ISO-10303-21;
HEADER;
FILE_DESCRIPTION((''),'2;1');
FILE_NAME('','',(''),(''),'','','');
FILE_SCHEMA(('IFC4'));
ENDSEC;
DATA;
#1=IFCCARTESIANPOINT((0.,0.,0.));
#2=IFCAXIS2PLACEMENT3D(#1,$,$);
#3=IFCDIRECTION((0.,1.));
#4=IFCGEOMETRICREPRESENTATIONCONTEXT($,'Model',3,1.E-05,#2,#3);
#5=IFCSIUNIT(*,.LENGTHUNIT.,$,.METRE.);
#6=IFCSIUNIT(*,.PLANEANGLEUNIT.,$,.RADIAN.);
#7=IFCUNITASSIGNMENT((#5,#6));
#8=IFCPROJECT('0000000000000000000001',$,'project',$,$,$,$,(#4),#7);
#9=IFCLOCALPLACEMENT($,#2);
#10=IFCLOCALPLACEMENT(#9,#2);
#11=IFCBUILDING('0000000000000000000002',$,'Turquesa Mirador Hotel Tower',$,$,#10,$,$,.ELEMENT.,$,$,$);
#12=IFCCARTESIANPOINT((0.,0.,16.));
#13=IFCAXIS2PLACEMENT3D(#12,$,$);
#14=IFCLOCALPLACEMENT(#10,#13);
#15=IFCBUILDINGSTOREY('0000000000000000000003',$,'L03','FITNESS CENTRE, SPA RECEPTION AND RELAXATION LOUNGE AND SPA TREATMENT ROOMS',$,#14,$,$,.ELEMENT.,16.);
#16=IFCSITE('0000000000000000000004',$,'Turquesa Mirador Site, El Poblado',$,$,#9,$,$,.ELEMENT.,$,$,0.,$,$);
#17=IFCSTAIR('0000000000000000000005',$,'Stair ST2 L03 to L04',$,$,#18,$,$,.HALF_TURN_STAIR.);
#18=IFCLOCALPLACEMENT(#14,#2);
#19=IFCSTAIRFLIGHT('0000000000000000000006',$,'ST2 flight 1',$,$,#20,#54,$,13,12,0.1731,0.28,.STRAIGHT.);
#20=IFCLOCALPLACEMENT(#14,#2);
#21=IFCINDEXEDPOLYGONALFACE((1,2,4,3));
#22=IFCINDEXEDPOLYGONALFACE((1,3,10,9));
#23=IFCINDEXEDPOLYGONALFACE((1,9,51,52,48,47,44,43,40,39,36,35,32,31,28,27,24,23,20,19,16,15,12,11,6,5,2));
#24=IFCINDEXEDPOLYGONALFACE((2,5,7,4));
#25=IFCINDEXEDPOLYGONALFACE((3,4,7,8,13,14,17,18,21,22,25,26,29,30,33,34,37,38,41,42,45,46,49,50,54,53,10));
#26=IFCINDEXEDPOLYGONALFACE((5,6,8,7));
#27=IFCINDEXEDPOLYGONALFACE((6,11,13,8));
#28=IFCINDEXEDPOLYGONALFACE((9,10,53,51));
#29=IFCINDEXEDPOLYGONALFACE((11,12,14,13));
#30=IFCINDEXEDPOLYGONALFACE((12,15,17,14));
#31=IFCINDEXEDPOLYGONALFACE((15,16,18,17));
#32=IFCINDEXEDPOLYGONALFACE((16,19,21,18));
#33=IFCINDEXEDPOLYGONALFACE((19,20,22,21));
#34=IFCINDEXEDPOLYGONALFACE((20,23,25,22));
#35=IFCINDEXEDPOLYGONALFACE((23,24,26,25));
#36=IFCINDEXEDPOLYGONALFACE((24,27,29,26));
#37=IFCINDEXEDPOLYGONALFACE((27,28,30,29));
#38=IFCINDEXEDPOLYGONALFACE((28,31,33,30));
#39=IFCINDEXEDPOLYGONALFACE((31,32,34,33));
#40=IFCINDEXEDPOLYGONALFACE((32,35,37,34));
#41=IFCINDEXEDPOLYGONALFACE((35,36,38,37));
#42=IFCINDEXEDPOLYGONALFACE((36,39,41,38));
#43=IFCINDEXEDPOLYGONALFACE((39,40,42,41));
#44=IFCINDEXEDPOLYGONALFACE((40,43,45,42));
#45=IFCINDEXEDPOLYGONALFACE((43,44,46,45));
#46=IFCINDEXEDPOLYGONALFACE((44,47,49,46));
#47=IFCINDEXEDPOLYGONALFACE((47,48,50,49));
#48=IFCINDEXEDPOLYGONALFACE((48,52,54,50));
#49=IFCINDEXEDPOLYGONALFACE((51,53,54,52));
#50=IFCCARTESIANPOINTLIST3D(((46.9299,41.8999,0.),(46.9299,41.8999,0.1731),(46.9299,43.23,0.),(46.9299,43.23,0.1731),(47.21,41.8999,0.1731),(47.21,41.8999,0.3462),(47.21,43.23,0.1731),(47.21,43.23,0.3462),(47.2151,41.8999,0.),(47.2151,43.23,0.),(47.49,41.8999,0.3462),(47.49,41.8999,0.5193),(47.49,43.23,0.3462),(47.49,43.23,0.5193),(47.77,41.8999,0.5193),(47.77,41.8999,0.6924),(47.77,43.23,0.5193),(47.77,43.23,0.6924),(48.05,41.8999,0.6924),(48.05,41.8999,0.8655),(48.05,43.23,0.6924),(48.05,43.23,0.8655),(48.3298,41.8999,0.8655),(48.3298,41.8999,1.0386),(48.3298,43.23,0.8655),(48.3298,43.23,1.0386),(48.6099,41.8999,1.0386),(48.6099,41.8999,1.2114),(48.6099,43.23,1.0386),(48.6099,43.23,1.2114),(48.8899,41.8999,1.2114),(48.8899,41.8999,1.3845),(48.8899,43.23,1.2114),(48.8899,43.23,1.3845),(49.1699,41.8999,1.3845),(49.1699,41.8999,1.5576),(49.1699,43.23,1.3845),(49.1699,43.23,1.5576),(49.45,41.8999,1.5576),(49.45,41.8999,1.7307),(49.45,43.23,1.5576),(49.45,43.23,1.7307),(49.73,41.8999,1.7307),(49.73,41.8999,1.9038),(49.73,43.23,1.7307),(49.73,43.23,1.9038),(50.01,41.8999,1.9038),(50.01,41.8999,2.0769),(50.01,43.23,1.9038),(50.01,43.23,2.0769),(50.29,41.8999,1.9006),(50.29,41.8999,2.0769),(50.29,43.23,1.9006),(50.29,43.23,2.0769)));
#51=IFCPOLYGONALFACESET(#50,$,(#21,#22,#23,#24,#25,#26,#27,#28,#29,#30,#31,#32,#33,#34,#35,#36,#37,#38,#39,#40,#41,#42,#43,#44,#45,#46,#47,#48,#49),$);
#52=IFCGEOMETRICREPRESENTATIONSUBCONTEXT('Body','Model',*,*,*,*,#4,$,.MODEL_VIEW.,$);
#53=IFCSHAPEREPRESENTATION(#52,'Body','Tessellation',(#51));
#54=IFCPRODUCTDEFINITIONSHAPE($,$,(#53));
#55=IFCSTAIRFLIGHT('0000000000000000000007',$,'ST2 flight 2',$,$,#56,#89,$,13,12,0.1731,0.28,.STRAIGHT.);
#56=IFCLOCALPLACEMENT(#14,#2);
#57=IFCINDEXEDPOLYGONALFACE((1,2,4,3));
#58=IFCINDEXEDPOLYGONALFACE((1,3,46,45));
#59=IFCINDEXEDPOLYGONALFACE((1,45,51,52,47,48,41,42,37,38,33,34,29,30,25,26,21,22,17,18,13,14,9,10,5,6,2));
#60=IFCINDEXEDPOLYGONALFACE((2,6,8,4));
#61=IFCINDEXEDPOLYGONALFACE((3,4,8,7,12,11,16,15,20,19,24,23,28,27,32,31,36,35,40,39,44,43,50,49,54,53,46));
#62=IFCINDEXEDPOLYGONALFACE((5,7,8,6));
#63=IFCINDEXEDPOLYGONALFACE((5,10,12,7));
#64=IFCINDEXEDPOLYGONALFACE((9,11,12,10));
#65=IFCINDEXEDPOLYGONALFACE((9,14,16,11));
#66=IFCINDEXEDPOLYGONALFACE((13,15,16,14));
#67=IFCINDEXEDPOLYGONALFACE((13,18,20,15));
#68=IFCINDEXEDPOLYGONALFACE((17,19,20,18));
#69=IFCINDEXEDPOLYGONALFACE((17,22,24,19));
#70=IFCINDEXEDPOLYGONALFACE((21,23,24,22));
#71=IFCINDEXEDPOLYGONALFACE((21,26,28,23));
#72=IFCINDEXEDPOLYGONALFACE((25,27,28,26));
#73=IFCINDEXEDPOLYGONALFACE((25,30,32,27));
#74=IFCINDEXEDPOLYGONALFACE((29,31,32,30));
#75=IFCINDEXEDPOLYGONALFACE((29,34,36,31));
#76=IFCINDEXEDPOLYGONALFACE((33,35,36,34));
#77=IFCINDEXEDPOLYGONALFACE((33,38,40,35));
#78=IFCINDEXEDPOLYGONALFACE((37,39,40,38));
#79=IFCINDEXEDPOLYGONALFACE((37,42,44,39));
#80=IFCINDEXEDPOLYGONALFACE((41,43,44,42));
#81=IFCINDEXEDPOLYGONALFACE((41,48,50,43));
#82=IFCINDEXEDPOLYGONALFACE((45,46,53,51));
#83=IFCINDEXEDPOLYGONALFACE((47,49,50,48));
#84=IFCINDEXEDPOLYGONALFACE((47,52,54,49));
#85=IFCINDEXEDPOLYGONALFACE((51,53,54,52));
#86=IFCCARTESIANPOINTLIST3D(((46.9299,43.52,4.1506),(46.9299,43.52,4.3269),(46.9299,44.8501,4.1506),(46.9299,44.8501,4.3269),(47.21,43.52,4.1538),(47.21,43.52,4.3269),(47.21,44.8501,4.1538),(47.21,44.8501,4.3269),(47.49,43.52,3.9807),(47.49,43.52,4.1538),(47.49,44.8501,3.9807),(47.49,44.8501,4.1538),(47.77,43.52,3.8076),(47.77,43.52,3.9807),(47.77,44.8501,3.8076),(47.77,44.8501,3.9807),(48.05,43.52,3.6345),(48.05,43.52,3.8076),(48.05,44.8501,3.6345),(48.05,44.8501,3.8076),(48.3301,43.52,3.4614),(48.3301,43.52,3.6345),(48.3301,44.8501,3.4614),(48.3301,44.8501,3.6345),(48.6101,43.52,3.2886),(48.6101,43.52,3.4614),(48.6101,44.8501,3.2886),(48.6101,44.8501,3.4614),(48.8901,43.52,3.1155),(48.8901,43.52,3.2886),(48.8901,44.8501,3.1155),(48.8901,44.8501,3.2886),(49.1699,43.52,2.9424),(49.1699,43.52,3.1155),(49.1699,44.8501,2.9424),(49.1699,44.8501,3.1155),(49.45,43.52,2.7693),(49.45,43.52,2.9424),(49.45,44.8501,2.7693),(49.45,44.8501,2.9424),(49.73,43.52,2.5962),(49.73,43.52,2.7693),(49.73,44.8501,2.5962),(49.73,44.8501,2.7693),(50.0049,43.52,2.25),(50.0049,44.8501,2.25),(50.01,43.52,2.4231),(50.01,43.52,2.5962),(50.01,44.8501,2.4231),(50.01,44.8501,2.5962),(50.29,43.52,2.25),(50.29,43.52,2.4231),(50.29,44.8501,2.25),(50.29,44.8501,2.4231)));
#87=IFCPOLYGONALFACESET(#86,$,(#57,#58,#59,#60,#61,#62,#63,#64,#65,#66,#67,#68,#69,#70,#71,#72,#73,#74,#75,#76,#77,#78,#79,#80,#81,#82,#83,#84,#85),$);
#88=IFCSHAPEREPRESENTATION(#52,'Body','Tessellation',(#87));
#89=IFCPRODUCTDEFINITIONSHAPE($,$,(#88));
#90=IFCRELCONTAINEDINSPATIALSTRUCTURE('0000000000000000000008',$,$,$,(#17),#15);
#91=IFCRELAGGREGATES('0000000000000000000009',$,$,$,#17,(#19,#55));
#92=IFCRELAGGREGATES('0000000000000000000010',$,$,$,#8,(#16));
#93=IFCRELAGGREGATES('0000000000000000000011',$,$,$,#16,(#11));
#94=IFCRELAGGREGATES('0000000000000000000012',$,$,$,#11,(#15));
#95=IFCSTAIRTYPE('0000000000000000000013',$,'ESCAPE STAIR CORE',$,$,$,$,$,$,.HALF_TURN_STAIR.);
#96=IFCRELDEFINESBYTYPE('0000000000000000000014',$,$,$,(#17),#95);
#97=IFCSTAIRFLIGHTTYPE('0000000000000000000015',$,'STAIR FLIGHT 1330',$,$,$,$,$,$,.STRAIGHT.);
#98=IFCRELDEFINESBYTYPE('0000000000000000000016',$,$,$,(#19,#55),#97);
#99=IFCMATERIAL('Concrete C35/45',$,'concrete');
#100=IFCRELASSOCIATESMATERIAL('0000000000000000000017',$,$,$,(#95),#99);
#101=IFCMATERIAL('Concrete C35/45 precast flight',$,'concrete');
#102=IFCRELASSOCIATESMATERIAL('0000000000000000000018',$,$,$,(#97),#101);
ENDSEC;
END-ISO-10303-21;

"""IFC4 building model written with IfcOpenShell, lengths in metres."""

from ifc_helpers import new_model, si_unit, direction, frame, origin, place, context, subcontext, project, spatial, polyline, outline, extrude, material, type_object, element, aggregate, save


model = new_model("IFC4")

# Units and contexts
model_context = context("Model", 3, precision=1e-05, world=origin(), true_north=direction((0.0, 1.0)))
body_context = subcontext(model_context, "Body", "Model", "MODEL_VIEW")
ifc_project = project(units=[si_unit("LENGTHUNIT", "METRE"), si_unit("PLANEANGLEUNIT", "RADIAN")], contexts=[model_context])

# Site, building, storey
site_placement = place(None, origin())
site = spatial("IfcSite", under=ifc_project, at=site_placement, Name="Turquesa Mirador Site, El Poblado", CompositionType="ELEMENT", RefElevation=0.0)
building_placement = place(site_placement, origin())
building = spatial("IfcBuilding", under=site, at=building_placement, Name="Turquesa Mirador Hotel Tower", CompositionType="ELEMENT")
storey_placement = place(building_placement, frame((0.0, 0.0, 16.0)))
storey = spatial("IfcBuildingStorey", under=building, at=storey_placement, Name="L03", Description="FITNESS CENTRE, SPA RECEPTION AND RELAXATION LOUNGE AND SPA TREATMENT ROOMS", CompositionType="ELEMENT", Elevation=16.0)

# Stair, stair flights
ifc_material_1 = material(Name="Concrete C35/45", Category="concrete")
stair_type = type_object("IfcStairType", Name="ESCAPE STAIR CORE", PredefinedType="HALF_TURN_STAIR", material=ifc_material_1)
stair_placement = place(storey_placement, origin())
stair = element("IfcStair", 1, at=stair_placement, inside=storey, type_object=stair_type, Name="Stair ST2 L03 to L04", PredefinedType="HALF_TURN_STAIR")
ifc_material_2 = material(Name="Concrete C35/45 precast flight", Category="concrete")
stair_flight_type = type_object("IfcStairFlightType", Name="STAIR FLIGHT 1330", PredefinedType="STRAIGHT", material=ifc_material_2)
stair_flight_1_placement = place(storey_placement, frame((46.9299, 42.5649, 0.0), z_axis=(0.0, 0.0, 1.0), x_axis=(1.0, 0.0, 0.0)))
stair_flight_1 = element("IfcStairFlight", 2, at=stair_flight_1_placement, type_object=stair_flight_type, Name="ST2 flight 1", NumberOfRisers=13, NumberOfTreads=12, PredefinedType="STRAIGHT", RiserHeight=0.1731, TreadLength=0.28, context=body_context, shape_type="SweptSolid", body=[
    extrude(outline(polyline([(0.0, 0.0), (0.0, 0.1731), (0.28, 0.1731), (0.28, 0.3462), (0.5601, 0.3462), (0.5601, 0.5193), (0.8401, 0.5193), (0.8401, 0.6924), (1.1201, 0.6924), (1.1201, 0.8655), (1.3999, 0.8655), (1.3999, 1.0386), (1.6799, 1.0386), (1.6799, 1.2114), (1.96, 1.2114), (1.96, 1.3845), (2.24, 1.3845), (2.24, 1.5576), (2.52, 1.5576), (2.52, 1.7307), (2.8, 1.7307), (2.8, 1.9038), (3.0801, 1.9038), (3.0801, 2.0769), (3.3601, 2.0769), (3.3601, 2.25), (3.3601, 1.9006), (0.2852, 0.0), (0.0, 0.0)])), frame((0.0, 0.665, 0.0), z_axis=(0.0, -1.0, 0.0), x_axis=(1.0, 0.0, 0.0)), (0.0, 0.0, 1.0), 1.3301),
])
stair_flight_2_placement = place(storey_placement, frame((50.29, 44.1851, 2.25), z_axis=(0.0, 0.0, 1.0), x_axis=(-1.0, 0.0, 0.0)))
stair_flight_2 = element("IfcStairFlight", 3, at=stair_flight_2_placement, type_object=stair_flight_type, Name="ST2 flight 2", NumberOfRisers=13, NumberOfTreads=12, PredefinedType="STRAIGHT", RiserHeight=0.1731, TreadLength=0.28, context=body_context, shape_type="SweptSolid", body=[
    extrude(outline(polyline([(0.0, 0.0), (0.0, 0.1731), (0.28, 0.1731), (0.28, 0.3462), (0.5601, 0.3462), (0.5601, 0.5193), (0.8401, 0.5193), (0.8401, 0.6924), (1.1201, 0.6924), (1.1201, 0.8655), (1.3999, 0.8655), (1.3999, 1.0386), (1.6799, 1.0386), (1.6799, 1.2114), (1.96, 1.2114), (1.96, 1.3845), (2.24, 1.3845), (2.24, 1.5576), (2.52, 1.5576), (2.52, 1.7307), (2.8, 1.7307), (2.8, 1.9038), (3.0801, 1.9038), (3.0801, 2.0769), (3.3601, 2.0769), (3.3601, 2.25), (3.3601, 1.9006), (0.2852, 0.0), (0.0, 0.0)])), frame((0.0, 0.665, 0.0), z_axis=(0.0, -1.0, 0.0), x_axis=(1.0, 0.0, 0.0)), (0.0, 0.0, 1.0), 1.3301),
])
aggregate(stair, [stair_flight_1, stair_flight_2])

save(model, "model.ifc")
